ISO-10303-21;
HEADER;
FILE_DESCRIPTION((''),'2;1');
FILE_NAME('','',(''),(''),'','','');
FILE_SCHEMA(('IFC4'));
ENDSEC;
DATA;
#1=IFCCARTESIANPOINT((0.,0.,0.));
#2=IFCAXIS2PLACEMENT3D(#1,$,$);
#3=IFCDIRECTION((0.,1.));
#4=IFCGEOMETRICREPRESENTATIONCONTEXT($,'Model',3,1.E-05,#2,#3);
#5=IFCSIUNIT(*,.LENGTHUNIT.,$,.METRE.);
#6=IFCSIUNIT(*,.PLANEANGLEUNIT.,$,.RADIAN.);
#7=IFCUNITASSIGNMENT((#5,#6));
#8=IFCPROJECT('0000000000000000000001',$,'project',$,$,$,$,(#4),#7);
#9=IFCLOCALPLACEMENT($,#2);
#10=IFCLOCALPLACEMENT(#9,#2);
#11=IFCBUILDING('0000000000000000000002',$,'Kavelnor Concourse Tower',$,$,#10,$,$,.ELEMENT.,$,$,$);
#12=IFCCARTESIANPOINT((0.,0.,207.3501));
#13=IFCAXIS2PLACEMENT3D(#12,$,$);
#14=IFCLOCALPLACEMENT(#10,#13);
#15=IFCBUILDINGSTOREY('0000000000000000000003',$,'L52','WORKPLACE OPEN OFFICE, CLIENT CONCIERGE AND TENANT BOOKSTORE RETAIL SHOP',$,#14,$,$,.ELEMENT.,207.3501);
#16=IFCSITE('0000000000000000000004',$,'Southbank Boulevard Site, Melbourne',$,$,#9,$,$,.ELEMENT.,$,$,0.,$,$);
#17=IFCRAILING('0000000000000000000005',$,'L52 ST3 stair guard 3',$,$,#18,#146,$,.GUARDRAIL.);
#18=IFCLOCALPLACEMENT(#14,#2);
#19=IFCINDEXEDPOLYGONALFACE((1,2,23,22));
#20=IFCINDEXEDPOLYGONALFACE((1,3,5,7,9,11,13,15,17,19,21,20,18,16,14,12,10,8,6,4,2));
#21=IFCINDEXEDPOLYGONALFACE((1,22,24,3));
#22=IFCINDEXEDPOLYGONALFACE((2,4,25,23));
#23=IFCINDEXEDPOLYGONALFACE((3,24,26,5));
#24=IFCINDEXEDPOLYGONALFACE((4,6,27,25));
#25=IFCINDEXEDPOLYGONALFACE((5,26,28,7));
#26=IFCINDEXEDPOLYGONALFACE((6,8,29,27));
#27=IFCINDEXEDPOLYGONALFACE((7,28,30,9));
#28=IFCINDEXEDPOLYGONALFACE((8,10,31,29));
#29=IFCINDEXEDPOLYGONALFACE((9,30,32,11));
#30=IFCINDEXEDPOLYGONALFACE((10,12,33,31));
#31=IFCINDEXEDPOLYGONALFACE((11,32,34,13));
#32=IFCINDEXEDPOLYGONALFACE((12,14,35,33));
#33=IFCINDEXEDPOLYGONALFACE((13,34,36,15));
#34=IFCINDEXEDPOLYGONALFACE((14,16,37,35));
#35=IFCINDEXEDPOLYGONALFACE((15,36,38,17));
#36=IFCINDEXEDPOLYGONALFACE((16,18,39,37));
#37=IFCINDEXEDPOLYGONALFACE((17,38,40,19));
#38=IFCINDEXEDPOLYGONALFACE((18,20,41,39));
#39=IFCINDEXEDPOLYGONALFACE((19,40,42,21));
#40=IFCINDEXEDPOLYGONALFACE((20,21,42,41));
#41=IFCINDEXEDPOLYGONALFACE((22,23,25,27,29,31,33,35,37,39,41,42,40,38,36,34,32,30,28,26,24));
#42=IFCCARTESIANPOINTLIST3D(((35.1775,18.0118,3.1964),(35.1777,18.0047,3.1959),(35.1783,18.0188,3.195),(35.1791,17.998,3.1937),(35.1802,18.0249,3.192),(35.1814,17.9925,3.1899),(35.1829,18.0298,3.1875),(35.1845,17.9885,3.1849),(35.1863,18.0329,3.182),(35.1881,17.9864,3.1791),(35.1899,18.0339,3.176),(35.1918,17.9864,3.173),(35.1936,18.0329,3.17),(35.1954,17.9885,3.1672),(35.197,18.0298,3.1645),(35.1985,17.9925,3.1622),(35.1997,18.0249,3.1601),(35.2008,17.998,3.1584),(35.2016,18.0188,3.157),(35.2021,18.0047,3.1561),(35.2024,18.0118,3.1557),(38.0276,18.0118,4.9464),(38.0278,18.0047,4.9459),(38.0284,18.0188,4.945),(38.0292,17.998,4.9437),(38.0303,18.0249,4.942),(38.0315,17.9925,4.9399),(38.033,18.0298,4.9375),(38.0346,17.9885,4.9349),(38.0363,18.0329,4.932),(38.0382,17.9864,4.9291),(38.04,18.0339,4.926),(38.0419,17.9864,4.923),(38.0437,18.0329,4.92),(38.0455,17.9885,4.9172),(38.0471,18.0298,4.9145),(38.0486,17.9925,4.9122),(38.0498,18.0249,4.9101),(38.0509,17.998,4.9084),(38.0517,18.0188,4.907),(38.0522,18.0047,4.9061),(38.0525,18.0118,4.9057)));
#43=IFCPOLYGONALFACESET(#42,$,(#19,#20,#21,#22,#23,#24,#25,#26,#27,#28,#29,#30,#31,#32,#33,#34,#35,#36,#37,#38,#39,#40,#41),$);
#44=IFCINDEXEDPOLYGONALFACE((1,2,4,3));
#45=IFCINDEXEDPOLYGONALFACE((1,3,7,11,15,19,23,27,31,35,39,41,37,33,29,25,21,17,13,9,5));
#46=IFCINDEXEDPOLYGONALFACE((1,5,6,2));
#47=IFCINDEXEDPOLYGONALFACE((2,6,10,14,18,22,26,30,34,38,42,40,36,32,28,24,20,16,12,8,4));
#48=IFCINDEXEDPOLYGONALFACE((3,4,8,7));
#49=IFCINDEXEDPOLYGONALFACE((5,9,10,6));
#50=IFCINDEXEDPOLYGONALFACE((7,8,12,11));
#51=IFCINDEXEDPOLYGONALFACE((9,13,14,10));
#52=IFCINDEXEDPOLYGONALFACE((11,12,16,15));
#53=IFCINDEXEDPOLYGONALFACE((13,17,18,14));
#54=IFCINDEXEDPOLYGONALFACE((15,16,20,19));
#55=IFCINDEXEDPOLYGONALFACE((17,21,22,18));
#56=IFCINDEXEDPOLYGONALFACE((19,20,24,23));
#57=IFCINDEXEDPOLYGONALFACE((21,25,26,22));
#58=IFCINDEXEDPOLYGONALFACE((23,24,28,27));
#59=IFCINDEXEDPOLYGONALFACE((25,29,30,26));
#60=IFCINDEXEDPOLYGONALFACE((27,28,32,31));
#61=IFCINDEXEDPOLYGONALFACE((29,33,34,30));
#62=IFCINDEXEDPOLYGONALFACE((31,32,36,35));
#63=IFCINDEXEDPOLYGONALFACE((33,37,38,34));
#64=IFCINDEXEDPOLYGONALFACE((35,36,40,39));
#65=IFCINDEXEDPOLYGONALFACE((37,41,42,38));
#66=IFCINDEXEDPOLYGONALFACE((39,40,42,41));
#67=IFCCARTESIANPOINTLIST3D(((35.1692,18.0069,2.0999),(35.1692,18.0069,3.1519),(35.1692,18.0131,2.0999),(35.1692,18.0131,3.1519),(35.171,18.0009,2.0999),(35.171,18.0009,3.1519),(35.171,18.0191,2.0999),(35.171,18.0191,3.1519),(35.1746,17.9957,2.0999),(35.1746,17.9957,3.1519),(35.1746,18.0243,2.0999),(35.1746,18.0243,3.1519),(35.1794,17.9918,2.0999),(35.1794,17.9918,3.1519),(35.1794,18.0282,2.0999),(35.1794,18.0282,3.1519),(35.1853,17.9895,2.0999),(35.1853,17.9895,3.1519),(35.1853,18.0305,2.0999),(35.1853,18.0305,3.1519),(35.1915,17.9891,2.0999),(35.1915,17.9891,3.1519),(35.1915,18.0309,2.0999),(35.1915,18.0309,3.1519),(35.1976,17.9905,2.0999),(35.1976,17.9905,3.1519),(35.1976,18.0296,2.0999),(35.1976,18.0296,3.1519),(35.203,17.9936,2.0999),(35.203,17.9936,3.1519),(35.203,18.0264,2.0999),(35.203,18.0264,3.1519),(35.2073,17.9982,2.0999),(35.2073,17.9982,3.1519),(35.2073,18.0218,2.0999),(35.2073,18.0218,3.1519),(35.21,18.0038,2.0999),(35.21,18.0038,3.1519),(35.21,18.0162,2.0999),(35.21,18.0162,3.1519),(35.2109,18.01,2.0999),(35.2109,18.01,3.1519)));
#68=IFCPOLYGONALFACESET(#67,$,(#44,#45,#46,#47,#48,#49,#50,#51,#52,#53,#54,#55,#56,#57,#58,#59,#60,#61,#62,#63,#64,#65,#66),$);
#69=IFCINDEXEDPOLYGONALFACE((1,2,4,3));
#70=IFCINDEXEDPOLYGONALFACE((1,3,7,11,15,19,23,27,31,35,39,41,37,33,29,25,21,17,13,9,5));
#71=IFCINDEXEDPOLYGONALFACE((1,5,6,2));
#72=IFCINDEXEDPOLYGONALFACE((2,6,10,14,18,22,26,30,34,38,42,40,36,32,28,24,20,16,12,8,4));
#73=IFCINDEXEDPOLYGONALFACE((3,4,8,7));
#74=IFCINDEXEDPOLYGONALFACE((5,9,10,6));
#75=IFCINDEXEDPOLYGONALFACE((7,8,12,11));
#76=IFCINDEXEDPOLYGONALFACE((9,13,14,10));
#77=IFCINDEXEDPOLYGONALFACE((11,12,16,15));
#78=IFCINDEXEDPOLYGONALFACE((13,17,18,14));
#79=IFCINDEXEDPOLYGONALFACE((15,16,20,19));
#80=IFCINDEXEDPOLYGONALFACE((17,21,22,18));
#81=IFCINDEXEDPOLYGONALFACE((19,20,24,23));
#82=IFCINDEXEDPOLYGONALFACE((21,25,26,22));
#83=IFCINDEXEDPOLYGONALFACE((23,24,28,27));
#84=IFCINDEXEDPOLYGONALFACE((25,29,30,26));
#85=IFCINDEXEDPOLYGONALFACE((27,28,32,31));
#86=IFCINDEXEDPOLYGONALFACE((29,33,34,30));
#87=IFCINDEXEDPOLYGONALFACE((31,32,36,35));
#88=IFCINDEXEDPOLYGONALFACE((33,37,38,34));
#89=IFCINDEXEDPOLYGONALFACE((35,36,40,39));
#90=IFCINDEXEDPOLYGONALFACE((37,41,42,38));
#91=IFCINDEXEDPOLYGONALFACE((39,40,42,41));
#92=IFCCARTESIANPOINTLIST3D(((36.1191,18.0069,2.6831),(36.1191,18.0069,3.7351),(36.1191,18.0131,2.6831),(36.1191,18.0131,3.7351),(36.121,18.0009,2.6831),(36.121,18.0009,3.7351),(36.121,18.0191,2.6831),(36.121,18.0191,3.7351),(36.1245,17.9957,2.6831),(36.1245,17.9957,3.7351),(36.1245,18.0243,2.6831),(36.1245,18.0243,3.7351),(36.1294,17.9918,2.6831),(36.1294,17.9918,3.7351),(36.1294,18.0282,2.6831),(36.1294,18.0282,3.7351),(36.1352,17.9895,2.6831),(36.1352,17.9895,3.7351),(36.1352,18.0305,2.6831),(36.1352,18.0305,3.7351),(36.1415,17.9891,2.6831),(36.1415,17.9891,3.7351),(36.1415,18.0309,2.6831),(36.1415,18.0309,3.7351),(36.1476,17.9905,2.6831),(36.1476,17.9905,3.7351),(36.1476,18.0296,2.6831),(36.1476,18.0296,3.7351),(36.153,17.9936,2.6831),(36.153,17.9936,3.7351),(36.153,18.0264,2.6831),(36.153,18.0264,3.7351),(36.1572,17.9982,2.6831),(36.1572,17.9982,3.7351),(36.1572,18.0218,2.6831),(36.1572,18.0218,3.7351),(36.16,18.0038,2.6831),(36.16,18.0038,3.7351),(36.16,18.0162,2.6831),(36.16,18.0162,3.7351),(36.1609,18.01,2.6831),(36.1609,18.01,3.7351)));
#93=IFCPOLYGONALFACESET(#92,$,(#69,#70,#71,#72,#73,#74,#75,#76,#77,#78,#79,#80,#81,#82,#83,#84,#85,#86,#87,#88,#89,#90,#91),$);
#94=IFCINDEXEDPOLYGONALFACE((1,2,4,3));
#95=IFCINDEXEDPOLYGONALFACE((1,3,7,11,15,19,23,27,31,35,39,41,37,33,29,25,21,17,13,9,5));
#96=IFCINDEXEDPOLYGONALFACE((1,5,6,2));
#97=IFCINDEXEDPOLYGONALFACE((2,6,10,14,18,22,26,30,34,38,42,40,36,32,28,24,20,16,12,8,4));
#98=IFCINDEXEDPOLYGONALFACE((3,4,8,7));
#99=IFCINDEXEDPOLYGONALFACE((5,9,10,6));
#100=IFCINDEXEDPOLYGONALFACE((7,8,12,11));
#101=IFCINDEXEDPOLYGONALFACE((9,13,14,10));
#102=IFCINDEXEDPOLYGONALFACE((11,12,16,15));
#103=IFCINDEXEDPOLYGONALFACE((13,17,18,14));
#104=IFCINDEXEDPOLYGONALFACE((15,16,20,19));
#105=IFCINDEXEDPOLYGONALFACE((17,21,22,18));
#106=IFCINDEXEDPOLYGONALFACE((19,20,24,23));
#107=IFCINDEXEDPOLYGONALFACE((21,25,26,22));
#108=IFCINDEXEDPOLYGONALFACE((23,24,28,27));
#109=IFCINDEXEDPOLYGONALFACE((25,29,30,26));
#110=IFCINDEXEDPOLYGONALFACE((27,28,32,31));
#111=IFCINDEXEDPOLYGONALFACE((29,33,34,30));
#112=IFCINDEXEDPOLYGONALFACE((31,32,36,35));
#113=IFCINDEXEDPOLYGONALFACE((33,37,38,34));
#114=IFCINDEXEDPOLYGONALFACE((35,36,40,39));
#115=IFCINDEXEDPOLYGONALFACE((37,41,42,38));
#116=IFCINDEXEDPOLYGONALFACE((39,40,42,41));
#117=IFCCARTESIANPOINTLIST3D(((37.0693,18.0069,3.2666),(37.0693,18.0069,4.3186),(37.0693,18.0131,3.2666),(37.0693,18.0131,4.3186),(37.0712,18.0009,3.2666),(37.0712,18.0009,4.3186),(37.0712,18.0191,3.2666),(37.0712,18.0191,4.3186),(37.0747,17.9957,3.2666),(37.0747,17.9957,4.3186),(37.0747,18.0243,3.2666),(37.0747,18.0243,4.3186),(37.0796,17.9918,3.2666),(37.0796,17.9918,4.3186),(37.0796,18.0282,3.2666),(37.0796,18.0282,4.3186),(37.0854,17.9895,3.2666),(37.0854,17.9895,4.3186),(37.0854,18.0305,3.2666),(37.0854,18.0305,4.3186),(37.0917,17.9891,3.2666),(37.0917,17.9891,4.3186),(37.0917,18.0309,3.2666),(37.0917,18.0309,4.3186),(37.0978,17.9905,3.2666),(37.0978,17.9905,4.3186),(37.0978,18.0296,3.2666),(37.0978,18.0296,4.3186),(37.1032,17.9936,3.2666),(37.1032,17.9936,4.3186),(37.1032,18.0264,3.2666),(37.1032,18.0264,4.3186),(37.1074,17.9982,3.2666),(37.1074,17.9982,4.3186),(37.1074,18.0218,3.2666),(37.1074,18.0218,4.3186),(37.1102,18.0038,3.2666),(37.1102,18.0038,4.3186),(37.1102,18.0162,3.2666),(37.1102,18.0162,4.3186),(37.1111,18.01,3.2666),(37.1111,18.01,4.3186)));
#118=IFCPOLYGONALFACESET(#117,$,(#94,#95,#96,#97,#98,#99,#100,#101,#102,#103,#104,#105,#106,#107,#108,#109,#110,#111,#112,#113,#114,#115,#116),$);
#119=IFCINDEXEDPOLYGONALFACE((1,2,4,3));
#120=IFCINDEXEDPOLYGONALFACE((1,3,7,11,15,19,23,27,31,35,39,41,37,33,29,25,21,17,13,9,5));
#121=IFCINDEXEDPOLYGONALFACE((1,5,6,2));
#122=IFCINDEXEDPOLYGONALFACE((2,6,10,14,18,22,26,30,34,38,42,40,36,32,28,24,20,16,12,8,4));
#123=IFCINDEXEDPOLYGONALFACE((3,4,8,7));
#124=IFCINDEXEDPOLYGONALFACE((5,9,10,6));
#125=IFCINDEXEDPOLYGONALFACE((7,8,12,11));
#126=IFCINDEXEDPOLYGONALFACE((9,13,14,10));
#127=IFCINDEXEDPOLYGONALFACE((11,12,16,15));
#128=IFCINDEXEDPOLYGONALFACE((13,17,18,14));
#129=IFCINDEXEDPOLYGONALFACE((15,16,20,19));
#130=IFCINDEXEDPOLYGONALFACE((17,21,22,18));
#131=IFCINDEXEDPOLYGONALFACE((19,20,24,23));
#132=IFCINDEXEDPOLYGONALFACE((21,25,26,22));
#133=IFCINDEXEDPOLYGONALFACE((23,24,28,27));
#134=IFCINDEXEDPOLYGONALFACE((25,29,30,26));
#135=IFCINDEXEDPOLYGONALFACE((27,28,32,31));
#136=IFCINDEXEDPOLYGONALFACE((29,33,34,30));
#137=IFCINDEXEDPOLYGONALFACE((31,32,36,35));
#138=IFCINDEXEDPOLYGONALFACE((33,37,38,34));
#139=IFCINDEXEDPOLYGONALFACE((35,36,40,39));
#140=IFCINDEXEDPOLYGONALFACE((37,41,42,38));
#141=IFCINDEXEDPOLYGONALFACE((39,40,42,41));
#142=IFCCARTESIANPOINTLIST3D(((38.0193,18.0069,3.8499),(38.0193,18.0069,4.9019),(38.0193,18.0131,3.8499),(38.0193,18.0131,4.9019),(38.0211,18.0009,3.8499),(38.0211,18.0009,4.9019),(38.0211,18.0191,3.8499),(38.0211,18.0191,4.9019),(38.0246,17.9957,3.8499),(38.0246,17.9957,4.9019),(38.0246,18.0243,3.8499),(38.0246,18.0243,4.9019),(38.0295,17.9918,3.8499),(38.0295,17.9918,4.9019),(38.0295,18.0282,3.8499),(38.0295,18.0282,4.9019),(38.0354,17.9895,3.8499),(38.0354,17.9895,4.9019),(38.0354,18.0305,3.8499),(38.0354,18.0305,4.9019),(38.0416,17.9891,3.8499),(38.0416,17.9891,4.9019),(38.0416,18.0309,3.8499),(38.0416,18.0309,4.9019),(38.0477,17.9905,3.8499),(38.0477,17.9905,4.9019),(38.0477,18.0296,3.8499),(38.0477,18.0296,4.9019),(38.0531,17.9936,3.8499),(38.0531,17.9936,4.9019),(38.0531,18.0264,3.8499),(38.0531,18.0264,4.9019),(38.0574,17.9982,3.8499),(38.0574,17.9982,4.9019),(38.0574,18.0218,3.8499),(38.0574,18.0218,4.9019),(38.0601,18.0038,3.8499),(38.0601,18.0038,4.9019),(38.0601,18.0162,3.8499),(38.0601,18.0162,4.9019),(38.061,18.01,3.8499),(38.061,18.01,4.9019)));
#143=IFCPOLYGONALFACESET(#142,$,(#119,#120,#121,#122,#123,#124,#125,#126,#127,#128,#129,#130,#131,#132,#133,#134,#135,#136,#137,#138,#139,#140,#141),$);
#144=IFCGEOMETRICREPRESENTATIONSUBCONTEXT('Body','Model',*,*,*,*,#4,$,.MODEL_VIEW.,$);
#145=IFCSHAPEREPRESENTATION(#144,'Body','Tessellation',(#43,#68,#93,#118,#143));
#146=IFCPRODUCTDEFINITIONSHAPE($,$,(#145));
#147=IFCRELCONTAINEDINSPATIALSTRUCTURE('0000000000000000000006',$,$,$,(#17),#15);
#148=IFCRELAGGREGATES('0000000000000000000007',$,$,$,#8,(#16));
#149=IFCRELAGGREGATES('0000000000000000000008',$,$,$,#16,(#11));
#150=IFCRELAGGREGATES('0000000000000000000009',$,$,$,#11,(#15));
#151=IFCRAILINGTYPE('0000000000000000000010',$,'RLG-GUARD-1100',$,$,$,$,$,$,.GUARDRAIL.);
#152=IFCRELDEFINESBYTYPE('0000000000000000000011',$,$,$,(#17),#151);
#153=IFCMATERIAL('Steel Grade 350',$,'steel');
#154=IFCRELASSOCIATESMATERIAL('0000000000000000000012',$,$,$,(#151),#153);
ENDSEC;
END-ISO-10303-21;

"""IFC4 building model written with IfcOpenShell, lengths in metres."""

from ifc_helpers import new_model, si_unit, direction, frame, origin, origin_2d, place, context, subcontext, project, spatial, circle, extrude, material, type_object, element, save


model = new_model("IFC4")

# Units and contexts
model_context = context("Model", 3, precision=1e-05, world=origin(), true_north=direction((0.0, 1.0)))
body_context = subcontext(model_context, "Body", "Model", "MODEL_VIEW")
ifc_project = project(units=[si_unit("LENGTHUNIT", "METRE"), si_unit("PLANEANGLEUNIT", "RADIAN")], contexts=[model_context])

# Site, building, storey
site_placement = place(None, origin())
site = spatial("IfcSite", under=ifc_project, at=site_placement, Name="Southbank Boulevard Site, Melbourne", CompositionType="ELEMENT", RefElevation=0.0)
building_placement = place(site_placement, origin())
building = spatial("IfcBuilding", under=site, at=building_placement, Name="Kavelnor Concourse Tower", CompositionType="ELEMENT")
storey_placement = place(building_placement, frame((0.0, 0.0, 207.3501)))
storey = spatial("IfcBuildingStorey", under=building, at=storey_placement, Name="L52", Description="WORKPLACE OPEN OFFICE, CLIENT CONCIERGE AND TENANT BOOKSTORE RETAIL SHOP", CompositionType="ELEMENT", Elevation=207.3501)

# Shared definitions
ifc_material_1 = material(Name="Steel Grade 350", Category="steel")

# Railing
railing_type_1 = type_object("IfcRailingType", Name="RLG-GUARD-1100", PredefinedType="GUARDRAIL", material=ifc_material_1)
railing_1_placement = place(storey_placement, frame((35.1899, 18.01, 2.0999)))
element("IfcRailing", 1, at=railing_1_placement, inside=storey, type_object=railing_type_1, Name="L52 ST3 stair guard 3", PredefinedType="GUARDRAIL", context=body_context, shape_type="SweptSolid", body=[
    extrude(circle(Radius=0.0239, at=origin_2d()), frame((0.0, 0.0, 1.0762), z_axis=(0.852179, 0.0, 0.52325), x_axis=(0.0, 1.0, 0.0)), (0.0, 0.0, 1.0), 3.3445),
    extrude(circle(Radius=0.021, at=origin_2d()), origin(), (0.0, 0.0, 1.0), 1.052),
    extrude(circle(Radius=0.021, at=origin_2d()), frame((0.95, 0.0, 0.5833)), (0.0, 0.0, 1.0), 1.052),
    extrude(circle(Radius=0.021, at=origin_2d()), frame((1.9001, 0.0, 1.1667)), (0.0, 0.0, 1.0), 1.052),
    extrude(circle(Radius=0.021, at=origin_2d()), frame((2.8501, 0.0, 1.75)), (0.0, 0.0, 1.0), 1.052),
])

save(model, "model.ifc")
